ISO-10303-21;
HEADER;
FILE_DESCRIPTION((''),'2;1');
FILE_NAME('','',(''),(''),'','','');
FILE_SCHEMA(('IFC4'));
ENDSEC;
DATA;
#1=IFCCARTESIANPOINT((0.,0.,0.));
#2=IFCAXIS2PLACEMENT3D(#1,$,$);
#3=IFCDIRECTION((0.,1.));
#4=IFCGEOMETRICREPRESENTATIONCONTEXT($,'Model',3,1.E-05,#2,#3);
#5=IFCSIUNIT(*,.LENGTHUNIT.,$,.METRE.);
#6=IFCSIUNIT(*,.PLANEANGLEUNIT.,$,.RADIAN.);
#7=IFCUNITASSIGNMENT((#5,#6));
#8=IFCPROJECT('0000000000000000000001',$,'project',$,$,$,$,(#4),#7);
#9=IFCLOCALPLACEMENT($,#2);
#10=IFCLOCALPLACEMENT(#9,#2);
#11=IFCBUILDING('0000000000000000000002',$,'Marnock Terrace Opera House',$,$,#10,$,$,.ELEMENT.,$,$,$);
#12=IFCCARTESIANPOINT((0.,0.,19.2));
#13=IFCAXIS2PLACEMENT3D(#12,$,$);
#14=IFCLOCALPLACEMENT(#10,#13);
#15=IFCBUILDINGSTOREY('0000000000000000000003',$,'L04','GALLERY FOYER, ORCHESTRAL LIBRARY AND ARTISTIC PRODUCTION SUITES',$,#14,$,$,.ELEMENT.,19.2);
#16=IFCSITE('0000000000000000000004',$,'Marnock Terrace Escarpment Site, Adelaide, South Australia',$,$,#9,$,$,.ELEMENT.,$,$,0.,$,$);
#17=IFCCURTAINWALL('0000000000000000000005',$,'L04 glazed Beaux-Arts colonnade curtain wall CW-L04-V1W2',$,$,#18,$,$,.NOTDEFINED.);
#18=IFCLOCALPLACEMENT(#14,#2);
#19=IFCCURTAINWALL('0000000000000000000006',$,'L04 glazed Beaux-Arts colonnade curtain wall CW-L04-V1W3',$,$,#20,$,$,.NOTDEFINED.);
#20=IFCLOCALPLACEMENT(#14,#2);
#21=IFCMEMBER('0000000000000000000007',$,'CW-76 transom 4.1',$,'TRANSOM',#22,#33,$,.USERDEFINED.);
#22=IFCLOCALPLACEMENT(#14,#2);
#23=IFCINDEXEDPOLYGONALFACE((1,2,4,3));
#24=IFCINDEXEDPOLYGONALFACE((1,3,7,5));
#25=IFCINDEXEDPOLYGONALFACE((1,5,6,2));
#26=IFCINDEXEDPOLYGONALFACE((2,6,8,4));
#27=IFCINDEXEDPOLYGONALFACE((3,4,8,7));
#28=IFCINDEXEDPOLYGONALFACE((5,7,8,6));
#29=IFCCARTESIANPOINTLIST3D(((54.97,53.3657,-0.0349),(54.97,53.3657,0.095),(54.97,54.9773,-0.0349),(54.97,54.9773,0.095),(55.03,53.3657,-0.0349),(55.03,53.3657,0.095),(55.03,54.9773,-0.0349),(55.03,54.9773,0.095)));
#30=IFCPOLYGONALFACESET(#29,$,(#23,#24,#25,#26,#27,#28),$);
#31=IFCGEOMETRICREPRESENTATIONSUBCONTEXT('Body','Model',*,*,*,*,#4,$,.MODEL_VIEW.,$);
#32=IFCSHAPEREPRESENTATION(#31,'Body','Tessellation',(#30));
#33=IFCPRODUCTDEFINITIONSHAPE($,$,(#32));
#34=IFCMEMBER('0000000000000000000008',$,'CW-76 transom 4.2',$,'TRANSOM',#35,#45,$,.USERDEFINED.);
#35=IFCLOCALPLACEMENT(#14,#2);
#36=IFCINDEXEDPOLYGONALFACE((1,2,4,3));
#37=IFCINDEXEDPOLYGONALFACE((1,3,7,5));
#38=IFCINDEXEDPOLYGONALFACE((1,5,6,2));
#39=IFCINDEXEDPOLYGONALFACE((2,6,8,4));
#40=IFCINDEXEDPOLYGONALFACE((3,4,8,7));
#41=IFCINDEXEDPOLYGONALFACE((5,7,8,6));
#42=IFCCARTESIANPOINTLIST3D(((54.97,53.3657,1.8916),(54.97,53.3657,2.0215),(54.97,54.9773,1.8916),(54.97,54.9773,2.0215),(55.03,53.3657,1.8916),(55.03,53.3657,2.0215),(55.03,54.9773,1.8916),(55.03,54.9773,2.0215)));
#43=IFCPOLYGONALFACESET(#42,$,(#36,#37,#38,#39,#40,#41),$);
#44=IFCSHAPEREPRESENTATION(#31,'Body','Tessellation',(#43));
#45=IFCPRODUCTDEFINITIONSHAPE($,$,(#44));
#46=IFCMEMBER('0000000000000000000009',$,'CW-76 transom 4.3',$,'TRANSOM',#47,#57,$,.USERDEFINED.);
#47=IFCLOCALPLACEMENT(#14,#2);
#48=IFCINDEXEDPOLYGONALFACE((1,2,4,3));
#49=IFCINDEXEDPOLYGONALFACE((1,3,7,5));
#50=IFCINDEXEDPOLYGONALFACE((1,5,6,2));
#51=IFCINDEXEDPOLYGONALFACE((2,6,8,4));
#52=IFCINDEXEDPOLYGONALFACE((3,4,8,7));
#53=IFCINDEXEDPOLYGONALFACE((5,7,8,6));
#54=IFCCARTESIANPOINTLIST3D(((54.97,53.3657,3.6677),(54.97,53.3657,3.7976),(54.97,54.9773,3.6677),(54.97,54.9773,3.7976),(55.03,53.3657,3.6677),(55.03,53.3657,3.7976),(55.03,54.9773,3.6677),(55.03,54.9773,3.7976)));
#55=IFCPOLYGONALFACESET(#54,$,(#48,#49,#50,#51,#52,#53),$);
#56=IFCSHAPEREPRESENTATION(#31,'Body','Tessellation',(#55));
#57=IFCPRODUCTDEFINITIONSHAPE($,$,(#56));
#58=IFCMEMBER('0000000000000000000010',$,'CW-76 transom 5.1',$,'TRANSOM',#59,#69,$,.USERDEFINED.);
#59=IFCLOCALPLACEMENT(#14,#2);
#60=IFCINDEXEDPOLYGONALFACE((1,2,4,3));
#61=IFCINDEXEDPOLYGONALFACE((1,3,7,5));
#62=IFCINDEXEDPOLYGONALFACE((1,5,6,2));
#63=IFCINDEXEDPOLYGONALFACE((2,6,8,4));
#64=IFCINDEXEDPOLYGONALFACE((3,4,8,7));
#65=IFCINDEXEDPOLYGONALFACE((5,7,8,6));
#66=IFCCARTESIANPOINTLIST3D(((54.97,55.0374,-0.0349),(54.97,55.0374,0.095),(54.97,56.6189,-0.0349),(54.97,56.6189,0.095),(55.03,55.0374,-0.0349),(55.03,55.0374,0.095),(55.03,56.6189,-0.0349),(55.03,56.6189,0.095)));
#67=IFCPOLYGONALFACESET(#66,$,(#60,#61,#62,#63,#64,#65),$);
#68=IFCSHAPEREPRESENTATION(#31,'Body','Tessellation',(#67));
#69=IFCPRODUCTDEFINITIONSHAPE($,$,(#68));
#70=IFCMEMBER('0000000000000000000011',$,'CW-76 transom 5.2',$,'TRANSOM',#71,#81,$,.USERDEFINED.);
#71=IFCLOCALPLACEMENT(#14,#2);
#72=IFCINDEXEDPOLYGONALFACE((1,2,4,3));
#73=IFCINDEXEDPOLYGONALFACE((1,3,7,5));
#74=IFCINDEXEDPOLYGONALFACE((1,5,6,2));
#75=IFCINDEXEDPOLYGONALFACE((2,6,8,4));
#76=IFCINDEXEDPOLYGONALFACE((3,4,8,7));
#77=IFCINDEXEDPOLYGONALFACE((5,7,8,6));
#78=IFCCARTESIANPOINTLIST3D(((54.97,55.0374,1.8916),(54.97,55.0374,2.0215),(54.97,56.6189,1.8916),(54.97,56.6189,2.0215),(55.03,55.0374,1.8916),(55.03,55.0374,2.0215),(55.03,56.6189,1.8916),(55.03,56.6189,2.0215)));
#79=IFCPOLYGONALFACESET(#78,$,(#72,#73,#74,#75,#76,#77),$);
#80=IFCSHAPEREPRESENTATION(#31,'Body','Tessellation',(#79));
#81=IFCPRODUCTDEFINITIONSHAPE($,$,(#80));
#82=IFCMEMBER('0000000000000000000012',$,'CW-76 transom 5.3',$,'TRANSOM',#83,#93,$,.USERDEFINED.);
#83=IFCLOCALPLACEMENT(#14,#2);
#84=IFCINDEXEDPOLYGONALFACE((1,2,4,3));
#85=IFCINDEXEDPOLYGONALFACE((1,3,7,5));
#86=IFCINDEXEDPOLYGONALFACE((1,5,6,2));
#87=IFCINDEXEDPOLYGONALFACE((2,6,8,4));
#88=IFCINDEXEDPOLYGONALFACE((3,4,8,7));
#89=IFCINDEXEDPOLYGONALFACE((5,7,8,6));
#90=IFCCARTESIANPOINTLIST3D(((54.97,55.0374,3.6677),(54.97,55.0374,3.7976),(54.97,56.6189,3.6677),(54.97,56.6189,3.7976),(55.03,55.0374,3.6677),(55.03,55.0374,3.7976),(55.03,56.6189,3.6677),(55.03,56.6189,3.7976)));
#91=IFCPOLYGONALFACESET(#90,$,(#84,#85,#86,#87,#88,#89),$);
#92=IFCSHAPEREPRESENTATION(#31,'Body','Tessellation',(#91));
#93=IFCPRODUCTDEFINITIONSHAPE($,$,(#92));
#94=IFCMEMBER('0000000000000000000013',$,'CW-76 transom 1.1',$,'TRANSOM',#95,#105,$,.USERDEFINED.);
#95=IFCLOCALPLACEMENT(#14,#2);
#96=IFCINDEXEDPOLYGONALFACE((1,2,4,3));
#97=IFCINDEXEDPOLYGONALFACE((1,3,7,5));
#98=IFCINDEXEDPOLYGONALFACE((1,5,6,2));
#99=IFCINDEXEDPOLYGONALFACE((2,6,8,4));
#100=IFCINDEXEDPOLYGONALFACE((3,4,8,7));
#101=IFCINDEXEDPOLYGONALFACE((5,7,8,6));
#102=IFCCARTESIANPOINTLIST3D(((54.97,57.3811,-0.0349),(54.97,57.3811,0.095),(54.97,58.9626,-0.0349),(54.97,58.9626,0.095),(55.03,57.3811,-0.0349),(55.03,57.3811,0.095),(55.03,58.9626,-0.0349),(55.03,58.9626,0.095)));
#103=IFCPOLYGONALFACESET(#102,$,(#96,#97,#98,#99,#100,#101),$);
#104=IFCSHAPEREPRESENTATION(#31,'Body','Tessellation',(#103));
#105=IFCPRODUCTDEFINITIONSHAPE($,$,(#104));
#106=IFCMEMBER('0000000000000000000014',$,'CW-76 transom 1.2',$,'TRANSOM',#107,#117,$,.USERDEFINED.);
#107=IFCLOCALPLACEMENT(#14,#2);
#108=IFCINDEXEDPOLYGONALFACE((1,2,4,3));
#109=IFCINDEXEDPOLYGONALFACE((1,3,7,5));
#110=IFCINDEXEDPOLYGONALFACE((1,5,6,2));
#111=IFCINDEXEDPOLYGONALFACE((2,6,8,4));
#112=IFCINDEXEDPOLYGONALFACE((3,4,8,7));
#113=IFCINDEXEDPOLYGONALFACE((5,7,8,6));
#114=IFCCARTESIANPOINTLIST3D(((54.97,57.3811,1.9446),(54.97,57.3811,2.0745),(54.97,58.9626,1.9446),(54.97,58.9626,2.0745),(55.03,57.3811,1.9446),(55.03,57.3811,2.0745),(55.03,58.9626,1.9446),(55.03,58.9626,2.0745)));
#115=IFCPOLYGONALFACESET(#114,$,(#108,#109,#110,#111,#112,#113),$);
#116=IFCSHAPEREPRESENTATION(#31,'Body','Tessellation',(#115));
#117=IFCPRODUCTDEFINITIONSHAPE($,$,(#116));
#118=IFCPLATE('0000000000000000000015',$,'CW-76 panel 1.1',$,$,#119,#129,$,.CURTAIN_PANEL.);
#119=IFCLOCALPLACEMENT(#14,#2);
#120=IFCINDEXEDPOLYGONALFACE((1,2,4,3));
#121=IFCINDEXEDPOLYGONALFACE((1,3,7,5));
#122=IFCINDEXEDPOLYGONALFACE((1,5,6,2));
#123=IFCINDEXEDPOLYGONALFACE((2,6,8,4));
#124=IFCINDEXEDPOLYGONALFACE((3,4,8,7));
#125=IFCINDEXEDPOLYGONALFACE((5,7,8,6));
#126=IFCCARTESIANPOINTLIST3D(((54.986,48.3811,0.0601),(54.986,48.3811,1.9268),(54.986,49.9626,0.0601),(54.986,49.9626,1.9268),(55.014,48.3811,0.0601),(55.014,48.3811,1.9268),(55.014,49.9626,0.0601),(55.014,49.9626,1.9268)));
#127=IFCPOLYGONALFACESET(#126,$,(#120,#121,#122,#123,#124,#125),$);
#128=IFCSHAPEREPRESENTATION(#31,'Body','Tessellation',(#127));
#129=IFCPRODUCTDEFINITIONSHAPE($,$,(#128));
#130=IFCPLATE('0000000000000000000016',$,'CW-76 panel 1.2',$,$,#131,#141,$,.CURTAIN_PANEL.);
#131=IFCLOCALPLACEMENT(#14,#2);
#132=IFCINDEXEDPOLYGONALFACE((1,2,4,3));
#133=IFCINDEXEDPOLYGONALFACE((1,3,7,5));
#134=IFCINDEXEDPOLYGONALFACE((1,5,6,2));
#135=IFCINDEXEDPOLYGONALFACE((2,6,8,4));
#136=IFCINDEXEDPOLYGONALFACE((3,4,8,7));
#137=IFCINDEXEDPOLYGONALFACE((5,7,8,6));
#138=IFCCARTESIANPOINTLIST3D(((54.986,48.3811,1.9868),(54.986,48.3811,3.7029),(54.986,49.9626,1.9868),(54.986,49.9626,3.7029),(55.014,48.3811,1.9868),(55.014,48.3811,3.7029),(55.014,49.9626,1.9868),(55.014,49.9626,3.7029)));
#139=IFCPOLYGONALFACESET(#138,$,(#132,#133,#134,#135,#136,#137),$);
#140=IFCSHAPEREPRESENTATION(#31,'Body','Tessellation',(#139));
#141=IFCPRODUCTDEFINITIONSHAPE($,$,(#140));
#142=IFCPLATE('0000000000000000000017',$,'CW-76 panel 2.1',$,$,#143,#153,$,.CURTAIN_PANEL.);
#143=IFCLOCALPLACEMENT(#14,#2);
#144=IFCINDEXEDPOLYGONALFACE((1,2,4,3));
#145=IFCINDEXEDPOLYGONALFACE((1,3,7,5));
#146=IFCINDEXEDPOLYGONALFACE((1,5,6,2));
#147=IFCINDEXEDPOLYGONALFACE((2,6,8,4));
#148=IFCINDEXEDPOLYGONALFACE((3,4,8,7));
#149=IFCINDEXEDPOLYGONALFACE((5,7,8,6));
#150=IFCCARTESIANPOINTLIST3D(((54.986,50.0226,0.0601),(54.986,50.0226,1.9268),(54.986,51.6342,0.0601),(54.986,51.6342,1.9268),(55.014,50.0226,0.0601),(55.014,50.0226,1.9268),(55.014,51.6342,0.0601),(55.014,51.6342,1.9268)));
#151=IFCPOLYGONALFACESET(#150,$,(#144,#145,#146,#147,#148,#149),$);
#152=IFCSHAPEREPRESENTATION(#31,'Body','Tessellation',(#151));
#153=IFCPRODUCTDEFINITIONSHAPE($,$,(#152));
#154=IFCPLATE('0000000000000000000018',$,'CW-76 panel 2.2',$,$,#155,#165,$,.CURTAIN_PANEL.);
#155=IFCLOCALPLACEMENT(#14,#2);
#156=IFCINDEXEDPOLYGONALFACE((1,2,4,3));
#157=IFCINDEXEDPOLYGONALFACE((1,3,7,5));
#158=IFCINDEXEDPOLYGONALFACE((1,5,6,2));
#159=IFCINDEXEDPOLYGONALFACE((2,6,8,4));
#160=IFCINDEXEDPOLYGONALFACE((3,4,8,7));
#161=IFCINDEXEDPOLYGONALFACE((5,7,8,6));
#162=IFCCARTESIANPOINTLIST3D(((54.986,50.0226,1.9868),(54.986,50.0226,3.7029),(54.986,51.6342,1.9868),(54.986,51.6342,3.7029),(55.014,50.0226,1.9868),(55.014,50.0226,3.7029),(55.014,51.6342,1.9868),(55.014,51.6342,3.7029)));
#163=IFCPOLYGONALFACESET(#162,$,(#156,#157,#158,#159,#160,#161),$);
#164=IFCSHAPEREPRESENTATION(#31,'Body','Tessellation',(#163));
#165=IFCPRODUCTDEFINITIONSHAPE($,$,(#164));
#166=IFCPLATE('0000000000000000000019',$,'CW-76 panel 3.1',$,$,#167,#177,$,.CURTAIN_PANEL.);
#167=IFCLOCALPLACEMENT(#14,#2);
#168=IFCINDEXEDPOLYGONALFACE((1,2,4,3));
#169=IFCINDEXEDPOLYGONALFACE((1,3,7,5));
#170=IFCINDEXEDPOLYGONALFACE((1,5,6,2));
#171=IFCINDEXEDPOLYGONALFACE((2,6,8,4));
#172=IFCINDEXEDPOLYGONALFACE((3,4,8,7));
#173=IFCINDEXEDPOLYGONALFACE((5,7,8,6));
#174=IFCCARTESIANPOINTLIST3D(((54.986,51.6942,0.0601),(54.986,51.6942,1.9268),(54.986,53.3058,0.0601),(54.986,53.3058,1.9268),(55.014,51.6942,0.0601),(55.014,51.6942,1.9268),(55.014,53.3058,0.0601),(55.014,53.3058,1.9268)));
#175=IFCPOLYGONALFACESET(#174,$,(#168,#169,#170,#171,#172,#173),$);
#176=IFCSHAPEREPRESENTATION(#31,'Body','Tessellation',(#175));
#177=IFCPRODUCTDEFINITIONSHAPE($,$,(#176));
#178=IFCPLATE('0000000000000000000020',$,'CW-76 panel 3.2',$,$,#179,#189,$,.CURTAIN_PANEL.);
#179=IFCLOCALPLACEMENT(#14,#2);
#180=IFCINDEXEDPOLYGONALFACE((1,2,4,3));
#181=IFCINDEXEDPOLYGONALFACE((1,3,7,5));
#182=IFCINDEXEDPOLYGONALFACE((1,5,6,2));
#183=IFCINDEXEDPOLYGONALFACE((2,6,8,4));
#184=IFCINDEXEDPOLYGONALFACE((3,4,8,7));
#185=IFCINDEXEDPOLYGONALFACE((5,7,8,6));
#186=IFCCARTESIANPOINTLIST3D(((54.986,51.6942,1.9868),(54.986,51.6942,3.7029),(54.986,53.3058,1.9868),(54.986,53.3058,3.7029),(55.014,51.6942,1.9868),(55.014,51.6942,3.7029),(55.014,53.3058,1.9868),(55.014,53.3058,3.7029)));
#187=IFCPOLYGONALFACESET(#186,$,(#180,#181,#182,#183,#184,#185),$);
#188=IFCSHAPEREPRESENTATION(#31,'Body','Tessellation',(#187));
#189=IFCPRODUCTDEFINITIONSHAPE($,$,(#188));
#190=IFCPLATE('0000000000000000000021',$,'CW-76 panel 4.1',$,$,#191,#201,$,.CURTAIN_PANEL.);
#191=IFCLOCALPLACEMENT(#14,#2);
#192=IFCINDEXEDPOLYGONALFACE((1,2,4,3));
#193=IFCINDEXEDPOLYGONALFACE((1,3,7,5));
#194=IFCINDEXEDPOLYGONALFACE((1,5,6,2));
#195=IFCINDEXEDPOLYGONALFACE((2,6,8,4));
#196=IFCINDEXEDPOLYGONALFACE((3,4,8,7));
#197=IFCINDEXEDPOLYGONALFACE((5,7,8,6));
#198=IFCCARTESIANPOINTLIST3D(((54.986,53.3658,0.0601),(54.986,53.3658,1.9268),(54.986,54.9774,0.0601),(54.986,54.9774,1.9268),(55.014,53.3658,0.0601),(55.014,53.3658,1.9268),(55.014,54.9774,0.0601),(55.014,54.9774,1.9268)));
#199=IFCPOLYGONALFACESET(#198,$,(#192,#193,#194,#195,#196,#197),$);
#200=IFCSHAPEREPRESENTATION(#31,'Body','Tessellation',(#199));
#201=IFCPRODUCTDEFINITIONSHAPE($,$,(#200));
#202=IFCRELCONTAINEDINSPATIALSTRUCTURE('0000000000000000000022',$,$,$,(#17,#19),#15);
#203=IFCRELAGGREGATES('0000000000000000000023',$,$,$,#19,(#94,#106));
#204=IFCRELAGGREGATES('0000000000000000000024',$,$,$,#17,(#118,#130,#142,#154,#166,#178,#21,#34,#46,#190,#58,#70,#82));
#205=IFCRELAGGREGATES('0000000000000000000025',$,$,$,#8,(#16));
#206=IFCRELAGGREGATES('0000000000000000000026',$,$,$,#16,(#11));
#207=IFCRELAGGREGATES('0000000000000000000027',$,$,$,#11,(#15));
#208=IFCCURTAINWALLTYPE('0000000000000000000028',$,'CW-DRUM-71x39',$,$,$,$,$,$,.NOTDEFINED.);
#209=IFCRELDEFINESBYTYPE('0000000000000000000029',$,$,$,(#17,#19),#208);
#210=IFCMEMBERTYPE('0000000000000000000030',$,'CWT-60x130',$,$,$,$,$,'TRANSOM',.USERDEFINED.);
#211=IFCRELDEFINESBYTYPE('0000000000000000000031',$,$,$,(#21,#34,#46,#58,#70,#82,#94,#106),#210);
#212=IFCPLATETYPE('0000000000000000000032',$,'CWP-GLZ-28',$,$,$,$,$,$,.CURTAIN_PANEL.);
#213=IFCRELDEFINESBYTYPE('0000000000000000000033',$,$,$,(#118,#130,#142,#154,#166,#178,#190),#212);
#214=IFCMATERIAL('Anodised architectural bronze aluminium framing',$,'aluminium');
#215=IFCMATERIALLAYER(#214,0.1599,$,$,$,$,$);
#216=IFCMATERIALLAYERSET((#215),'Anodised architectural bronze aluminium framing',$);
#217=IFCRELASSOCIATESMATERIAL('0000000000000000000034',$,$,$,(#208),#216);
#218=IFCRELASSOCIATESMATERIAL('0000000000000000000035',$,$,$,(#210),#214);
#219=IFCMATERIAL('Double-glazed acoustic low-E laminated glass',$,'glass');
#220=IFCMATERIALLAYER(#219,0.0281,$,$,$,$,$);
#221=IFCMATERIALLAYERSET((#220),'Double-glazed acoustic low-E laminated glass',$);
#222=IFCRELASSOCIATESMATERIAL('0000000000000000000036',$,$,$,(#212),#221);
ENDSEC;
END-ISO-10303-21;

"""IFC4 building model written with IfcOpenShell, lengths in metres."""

from ifc_helpers import new_model, si_unit, direction, frame, origin, origin_2d, place, context, subcontext, project, spatial, rectangle, extrude, material, layer, layer_set, material_profile, profile_set, type_object, element, aggregate, save


model = new_model("IFC4")

# Units and contexts
model_context = context("Model", 3, precision=1e-05, world=origin(), true_north=direction((0.0, 1.0)))
body_context = subcontext(model_context, "Body", "Model", "MODEL_VIEW")
ifc_project = project(units=[si_unit("LENGTHUNIT", "METRE"), si_unit("PLANEANGLEUNIT", "RADIAN")], contexts=[model_context])

# Site, building, storey
site_placement = place(None, origin())
site = spatial("IfcSite", under=ifc_project, at=site_placement, Name="Marnock Terrace Escarpment Site, Adelaide, South Australia", CompositionType="ELEMENT", RefElevation=0.0)
building_placement = place(site_placement, origin())
building = spatial("IfcBuilding", under=site, at=building_placement, Name="Marnock Terrace Opera House", CompositionType="ELEMENT")
storey_placement = place(building_placement, frame((0.0, 0.0, 19.2)))
storey = spatial("IfcBuildingStorey", under=building, at=storey_placement, Name="L04", Description="GALLERY FOYER, ORCHESTRAL LIBRARY AND ARTISTIC PRODUCTION SUITES", CompositionType="ELEMENT", Elevation=19.2)

# Curtain wall
ifc_material_1 = material(Name="Anodised architectural bronze aluminium framing", Category="aluminium")
ifc_layer_1 = layer(ifc_material_1, 0.1599)
ifc_layer_set_1 = layer_set([ifc_layer_1], Name="Anodised architectural bronze aluminium framing")
curtain_wall_type = type_object("IfcCurtainWallType", Name="CW-DRUM-71x39", PredefinedType="NOTDEFINED", material=ifc_layer_set_1)
curtain_wall_1_placement = place(storey_placement, origin())
curtain_wall_1 = element("IfcCurtainWall", 1, at=curtain_wall_1_placement, inside=storey, type_object=curtain_wall_type, Name="L04 glazed Beaux-Arts colonnade curtain wall CW-L04-V1W2", PredefinedType="NOTDEFINED")

# Curtain wall
curtain_wall_2_placement = place(storey_placement, origin())
curtain_wall_2 = element("IfcCurtainWall", 2, at=curtain_wall_2_placement, inside=storey, type_object=curtain_wall_type, Name="L04 glazed Beaux-Arts colonnade curtain wall CW-L04-V1W3", PredefinedType="NOTDEFINED")

# Members
ifc_material_profile_1 = material_profile(ifc_material_1, rectangle(XDim=0.0601, YDim=0.1299, at=origin_2d()))
ifc_profile_set_1 = profile_set([ifc_material_profile_1], Name="Anodised architectural bronze aluminium framing")
member_type_1 = type_object("IfcMemberType", Name="CWT-60x130", ElementType="TRANSOM", PredefinedType="USERDEFINED", material=ifc_profile_set_1)
member_1_placement = place(storey_placement, frame((55.0, 53.3657, 0.03), z_axis=(0.0, 1.0, 0.0), x_axis=(-1.0, 0.0, 0.0)))
member_1 = element("IfcMember", 3, at=member_1_placement, type_object=member_type_1, Name="CW-76 transom 4.1", ObjectType="TRANSOM", PredefinedType="USERDEFINED", context=body_context, shape_type="SweptSolid", body=[
    extrude(rectangle(XDim=0.0601, YDim=0.1299, at=origin_2d()), origin(), (0.0, 0.0, 1.0), 1.6116),
])
member_2_placement = place(storey_placement, frame((55.0, 53.3657, 1.9565), z_axis=(0.0, 1.0, 0.0), x_axis=(-1.0, 0.0, 0.0)))
member_2 = element("IfcMember", 4, at=member_2_placement, type_object=member_type_1, Name="CW-76 transom 4.2", ObjectType="TRANSOM", PredefinedType="USERDEFINED", context=body_context, shape_type="SweptSolid", body=[
    extrude(rectangle(XDim=0.0601, YDim=0.1299, at=origin_2d()), origin(), (0.0, 0.0, 1.0), 1.6116),
])
member_3_placement = place(storey_placement, frame((55.0, 53.3657, 3.7327), z_axis=(0.0, 1.0, 0.0), x_axis=(-1.0, 0.0, 0.0)))
member_3 = element("IfcMember", 5, at=member_3_placement, type_object=member_type_1, Name="CW-76 transom 4.3", ObjectType="TRANSOM", PredefinedType="USERDEFINED", context=body_context, shape_type="SweptSolid", body=[
    extrude(rectangle(XDim=0.0601, YDim=0.1299, at=origin_2d()), origin(), (0.0, 0.0, 1.0), 1.6116),
])
member_4_placement = place(storey_placement, frame((55.0, 55.0374, 0.03), z_axis=(0.0, 1.0, 0.0), x_axis=(-1.0, 0.0, 0.0)))
member_4 = element("IfcMember", 6, at=member_4_placement, type_object=member_type_1, Name="CW-76 transom 5.1", ObjectType="TRANSOM", PredefinedType="USERDEFINED", context=body_context, shape_type="SweptSolid", body=[
    extrude(rectangle(XDim=0.0601, YDim=0.1299, at=origin_2d()), origin(), (0.0, 0.0, 1.0), 1.5815),
])
member_5_placement = place(storey_placement, frame((55.0, 55.0374, 1.9565), z_axis=(0.0, 1.0, 0.0), x_axis=(-1.0, 0.0, 0.0)))
member_5 = element("IfcMember", 7, at=member_5_placement, type_object=member_type_1, Name="CW-76 transom 5.2", ObjectType="TRANSOM", PredefinedType="USERDEFINED", context=body_context, shape_type="SweptSolid", body=[
    extrude(rectangle(XDim=0.0601, YDim=0.1299, at=origin_2d()), origin(), (0.0, 0.0, 1.0), 1.5815),
])
member_6_placement = place(storey_placement, frame((55.0, 55.0374, 3.7327), z_axis=(0.0, 1.0, 0.0), x_axis=(-1.0, 0.0, 0.0)))
member_6 = element("IfcMember", 8, at=member_6_placement, type_object=member_type_1, Name="CW-76 transom 5.3", ObjectType="TRANSOM", PredefinedType="USERDEFINED", context=body_context, shape_type="SweptSolid", body=[
    extrude(rectangle(XDim=0.0601, YDim=0.1299, at=origin_2d()), origin(), (0.0, 0.0, 1.0), 1.5815),
])
member_7_placement = place(storey_placement, frame((55.0, 57.3811, 0.03), z_axis=(0.0, 1.0, 0.0), x_axis=(-1.0, 0.0, 0.0)))
member_7 = element("IfcMember", 9, at=member_7_placement, type_object=member_type_1, Name="CW-76 transom 1.1", ObjectType="TRANSOM", PredefinedType="USERDEFINED", context=body_context, shape_type="SweptSolid", body=[
    extrude(rectangle(XDim=0.0601, YDim=0.1299, at=origin_2d()), origin(), (0.0, 0.0, 1.0), 1.5815),
])
member_8_placement = place(storey_placement, frame((55.0, 57.3811, 2.0095), z_axis=(0.0, 1.0, 0.0), x_axis=(-1.0, 0.0, 0.0)))
member_8 = element("IfcMember", 10, at=member_8_placement, type_object=member_type_1, Name="CW-76 transom 1.2", ObjectType="TRANSOM", PredefinedType="USERDEFINED", context=body_context, shape_type="SweptSolid", body=[
    extrude(rectangle(XDim=0.0601, YDim=0.1299, at=origin_2d()), origin(), (0.0, 0.0, 1.0), 1.5815),
])
aggregate(curtain_wall_2, [member_7, member_8])

# Plates
ifc_material_2 = material(Name="Double-glazed acoustic low-E laminated glass", Category="glass")
ifc_layer_2 = layer(ifc_material_2, 0.0281)
ifc_layer_set_2 = layer_set([ifc_layer_2], Name="Double-glazed acoustic low-E laminated glass")
plate_type = type_object("IfcPlateType", Name="CWP-GLZ-28", PredefinedType="CURTAIN_PANEL", material=ifc_layer_set_2)
plate_1_placement = place(storey_placement, frame((55.0, 49.1719, 0.0601), z_axis=(0.0, 0.0, 1.0), x_axis=(0.0, 1.0, 0.0)))
plate_1 = element("IfcPlate", 11, at=plate_1_placement, type_object=plate_type, Name="CW-76 panel 1.1", PredefinedType="CURTAIN_PANEL", context=body_context, shape_type="SweptSolid", body=[
    extrude(rectangle(XDim=1.5815, YDim=0.0281, at=origin_2d()), origin(), (0.0, 0.0, 1.0), 1.8667),
])
plate_2_placement = place(storey_placement, frame((55.0, 49.1719, 1.9868), z_axis=(0.0, 0.0, 1.0), x_axis=(0.0, 1.0, 0.0)))
plate_2 = element("IfcPlate", 12, at=plate_2_placement, type_object=plate_type, Name="CW-76 panel 1.2", PredefinedType="CURTAIN_PANEL", context=body_context, shape_type="SweptSolid", body=[
    extrude(rectangle(XDim=1.5815, YDim=0.0281, at=origin_2d()), origin(), (0.0, 0.0, 1.0), 1.7161),
])
plate_3_placement = place(storey_placement, frame((55.0, 50.8284, 0.0601), z_axis=(0.0, 0.0, 1.0), x_axis=(0.0, 1.0, 0.0)))
plate_3 = element("IfcPlate", 13, at=plate_3_placement, type_object=plate_type, Name="CW-76 panel 2.1", PredefinedType="CURTAIN_PANEL", context=body_context, shape_type="SweptSolid", body=[
    extrude(rectangle(XDim=1.6116, YDim=0.0281, at=origin_2d()), origin(), (0.0, 0.0, 1.0), 1.8667),
])
plate_4_placement = place(storey_placement, frame((55.0, 50.8284, 1.9868), z_axis=(0.0, 0.0, 1.0), x_axis=(0.0, 1.0, 0.0)))
plate_4 = element("IfcPlate", 14, at=plate_4_placement, type_object=plate_type, Name="CW-76 panel 2.2", PredefinedType="CURTAIN_PANEL", context=body_context, shape_type="SweptSolid", body=[
    extrude(rectangle(XDim=1.6116, YDim=0.0281, at=origin_2d()), origin(), (0.0, 0.0, 1.0), 1.7161),
])
plate_5_placement = place(storey_placement, frame((55.0, 52.5, 0.0601), z_axis=(0.0, 0.0, 1.0), x_axis=(0.0, 1.0, 0.0)))
plate_5 = element("IfcPlate", 15, at=plate_5_placement, type_object=plate_type, Name="CW-76 panel 3.1", PredefinedType="CURTAIN_PANEL", context=body_context, shape_type="SweptSolid", body=[
    extrude(rectangle(XDim=1.6116, YDim=0.0281, at=origin_2d()), origin(), (0.0, 0.0, 1.0), 1.8667),
])
plate_6_placement = place(storey_placement, frame((55.0, 52.5, 1.9868), z_axis=(0.0, 0.0, 1.0), x_axis=(0.0, 1.0, 0.0)))
plate_6 = element("IfcPlate", 16, at=plate_6_placement, type_object=plate_type, Name="CW-76 panel 3.2", PredefinedType="CURTAIN_PANEL", context=body_context, shape_type="SweptSolid", body=[
    extrude(rectangle(XDim=1.6116, YDim=0.0281, at=origin_2d()), origin(), (0.0, 0.0, 1.0), 1.7161),
])
plate_7_placement = place(storey_placement, frame((55.0, 54.1716, 0.0601), z_axis=(0.0, 0.0, 1.0), x_axis=(0.0, 1.0, 0.0)))
plate_7 = element("IfcPlate", 17, at=plate_7_placement, type_object=plate_type, Name="CW-76 panel 4.1", PredefinedType="CURTAIN_PANEL", context=body_context, shape_type="SweptSolid", body=[
    extrude(rectangle(XDim=1.6116, YDim=0.0281, at=origin_2d()), origin(), (0.0, 0.0, 1.0), 1.8667),
])
aggregate(curtain_wall_1, [plate_1, plate_2, plate_3, plate_4, plate_5, plate_6, member_1, member_2, member_3, plate_7, member_4, member_5, member_6])

save(model, "model.ifc")
